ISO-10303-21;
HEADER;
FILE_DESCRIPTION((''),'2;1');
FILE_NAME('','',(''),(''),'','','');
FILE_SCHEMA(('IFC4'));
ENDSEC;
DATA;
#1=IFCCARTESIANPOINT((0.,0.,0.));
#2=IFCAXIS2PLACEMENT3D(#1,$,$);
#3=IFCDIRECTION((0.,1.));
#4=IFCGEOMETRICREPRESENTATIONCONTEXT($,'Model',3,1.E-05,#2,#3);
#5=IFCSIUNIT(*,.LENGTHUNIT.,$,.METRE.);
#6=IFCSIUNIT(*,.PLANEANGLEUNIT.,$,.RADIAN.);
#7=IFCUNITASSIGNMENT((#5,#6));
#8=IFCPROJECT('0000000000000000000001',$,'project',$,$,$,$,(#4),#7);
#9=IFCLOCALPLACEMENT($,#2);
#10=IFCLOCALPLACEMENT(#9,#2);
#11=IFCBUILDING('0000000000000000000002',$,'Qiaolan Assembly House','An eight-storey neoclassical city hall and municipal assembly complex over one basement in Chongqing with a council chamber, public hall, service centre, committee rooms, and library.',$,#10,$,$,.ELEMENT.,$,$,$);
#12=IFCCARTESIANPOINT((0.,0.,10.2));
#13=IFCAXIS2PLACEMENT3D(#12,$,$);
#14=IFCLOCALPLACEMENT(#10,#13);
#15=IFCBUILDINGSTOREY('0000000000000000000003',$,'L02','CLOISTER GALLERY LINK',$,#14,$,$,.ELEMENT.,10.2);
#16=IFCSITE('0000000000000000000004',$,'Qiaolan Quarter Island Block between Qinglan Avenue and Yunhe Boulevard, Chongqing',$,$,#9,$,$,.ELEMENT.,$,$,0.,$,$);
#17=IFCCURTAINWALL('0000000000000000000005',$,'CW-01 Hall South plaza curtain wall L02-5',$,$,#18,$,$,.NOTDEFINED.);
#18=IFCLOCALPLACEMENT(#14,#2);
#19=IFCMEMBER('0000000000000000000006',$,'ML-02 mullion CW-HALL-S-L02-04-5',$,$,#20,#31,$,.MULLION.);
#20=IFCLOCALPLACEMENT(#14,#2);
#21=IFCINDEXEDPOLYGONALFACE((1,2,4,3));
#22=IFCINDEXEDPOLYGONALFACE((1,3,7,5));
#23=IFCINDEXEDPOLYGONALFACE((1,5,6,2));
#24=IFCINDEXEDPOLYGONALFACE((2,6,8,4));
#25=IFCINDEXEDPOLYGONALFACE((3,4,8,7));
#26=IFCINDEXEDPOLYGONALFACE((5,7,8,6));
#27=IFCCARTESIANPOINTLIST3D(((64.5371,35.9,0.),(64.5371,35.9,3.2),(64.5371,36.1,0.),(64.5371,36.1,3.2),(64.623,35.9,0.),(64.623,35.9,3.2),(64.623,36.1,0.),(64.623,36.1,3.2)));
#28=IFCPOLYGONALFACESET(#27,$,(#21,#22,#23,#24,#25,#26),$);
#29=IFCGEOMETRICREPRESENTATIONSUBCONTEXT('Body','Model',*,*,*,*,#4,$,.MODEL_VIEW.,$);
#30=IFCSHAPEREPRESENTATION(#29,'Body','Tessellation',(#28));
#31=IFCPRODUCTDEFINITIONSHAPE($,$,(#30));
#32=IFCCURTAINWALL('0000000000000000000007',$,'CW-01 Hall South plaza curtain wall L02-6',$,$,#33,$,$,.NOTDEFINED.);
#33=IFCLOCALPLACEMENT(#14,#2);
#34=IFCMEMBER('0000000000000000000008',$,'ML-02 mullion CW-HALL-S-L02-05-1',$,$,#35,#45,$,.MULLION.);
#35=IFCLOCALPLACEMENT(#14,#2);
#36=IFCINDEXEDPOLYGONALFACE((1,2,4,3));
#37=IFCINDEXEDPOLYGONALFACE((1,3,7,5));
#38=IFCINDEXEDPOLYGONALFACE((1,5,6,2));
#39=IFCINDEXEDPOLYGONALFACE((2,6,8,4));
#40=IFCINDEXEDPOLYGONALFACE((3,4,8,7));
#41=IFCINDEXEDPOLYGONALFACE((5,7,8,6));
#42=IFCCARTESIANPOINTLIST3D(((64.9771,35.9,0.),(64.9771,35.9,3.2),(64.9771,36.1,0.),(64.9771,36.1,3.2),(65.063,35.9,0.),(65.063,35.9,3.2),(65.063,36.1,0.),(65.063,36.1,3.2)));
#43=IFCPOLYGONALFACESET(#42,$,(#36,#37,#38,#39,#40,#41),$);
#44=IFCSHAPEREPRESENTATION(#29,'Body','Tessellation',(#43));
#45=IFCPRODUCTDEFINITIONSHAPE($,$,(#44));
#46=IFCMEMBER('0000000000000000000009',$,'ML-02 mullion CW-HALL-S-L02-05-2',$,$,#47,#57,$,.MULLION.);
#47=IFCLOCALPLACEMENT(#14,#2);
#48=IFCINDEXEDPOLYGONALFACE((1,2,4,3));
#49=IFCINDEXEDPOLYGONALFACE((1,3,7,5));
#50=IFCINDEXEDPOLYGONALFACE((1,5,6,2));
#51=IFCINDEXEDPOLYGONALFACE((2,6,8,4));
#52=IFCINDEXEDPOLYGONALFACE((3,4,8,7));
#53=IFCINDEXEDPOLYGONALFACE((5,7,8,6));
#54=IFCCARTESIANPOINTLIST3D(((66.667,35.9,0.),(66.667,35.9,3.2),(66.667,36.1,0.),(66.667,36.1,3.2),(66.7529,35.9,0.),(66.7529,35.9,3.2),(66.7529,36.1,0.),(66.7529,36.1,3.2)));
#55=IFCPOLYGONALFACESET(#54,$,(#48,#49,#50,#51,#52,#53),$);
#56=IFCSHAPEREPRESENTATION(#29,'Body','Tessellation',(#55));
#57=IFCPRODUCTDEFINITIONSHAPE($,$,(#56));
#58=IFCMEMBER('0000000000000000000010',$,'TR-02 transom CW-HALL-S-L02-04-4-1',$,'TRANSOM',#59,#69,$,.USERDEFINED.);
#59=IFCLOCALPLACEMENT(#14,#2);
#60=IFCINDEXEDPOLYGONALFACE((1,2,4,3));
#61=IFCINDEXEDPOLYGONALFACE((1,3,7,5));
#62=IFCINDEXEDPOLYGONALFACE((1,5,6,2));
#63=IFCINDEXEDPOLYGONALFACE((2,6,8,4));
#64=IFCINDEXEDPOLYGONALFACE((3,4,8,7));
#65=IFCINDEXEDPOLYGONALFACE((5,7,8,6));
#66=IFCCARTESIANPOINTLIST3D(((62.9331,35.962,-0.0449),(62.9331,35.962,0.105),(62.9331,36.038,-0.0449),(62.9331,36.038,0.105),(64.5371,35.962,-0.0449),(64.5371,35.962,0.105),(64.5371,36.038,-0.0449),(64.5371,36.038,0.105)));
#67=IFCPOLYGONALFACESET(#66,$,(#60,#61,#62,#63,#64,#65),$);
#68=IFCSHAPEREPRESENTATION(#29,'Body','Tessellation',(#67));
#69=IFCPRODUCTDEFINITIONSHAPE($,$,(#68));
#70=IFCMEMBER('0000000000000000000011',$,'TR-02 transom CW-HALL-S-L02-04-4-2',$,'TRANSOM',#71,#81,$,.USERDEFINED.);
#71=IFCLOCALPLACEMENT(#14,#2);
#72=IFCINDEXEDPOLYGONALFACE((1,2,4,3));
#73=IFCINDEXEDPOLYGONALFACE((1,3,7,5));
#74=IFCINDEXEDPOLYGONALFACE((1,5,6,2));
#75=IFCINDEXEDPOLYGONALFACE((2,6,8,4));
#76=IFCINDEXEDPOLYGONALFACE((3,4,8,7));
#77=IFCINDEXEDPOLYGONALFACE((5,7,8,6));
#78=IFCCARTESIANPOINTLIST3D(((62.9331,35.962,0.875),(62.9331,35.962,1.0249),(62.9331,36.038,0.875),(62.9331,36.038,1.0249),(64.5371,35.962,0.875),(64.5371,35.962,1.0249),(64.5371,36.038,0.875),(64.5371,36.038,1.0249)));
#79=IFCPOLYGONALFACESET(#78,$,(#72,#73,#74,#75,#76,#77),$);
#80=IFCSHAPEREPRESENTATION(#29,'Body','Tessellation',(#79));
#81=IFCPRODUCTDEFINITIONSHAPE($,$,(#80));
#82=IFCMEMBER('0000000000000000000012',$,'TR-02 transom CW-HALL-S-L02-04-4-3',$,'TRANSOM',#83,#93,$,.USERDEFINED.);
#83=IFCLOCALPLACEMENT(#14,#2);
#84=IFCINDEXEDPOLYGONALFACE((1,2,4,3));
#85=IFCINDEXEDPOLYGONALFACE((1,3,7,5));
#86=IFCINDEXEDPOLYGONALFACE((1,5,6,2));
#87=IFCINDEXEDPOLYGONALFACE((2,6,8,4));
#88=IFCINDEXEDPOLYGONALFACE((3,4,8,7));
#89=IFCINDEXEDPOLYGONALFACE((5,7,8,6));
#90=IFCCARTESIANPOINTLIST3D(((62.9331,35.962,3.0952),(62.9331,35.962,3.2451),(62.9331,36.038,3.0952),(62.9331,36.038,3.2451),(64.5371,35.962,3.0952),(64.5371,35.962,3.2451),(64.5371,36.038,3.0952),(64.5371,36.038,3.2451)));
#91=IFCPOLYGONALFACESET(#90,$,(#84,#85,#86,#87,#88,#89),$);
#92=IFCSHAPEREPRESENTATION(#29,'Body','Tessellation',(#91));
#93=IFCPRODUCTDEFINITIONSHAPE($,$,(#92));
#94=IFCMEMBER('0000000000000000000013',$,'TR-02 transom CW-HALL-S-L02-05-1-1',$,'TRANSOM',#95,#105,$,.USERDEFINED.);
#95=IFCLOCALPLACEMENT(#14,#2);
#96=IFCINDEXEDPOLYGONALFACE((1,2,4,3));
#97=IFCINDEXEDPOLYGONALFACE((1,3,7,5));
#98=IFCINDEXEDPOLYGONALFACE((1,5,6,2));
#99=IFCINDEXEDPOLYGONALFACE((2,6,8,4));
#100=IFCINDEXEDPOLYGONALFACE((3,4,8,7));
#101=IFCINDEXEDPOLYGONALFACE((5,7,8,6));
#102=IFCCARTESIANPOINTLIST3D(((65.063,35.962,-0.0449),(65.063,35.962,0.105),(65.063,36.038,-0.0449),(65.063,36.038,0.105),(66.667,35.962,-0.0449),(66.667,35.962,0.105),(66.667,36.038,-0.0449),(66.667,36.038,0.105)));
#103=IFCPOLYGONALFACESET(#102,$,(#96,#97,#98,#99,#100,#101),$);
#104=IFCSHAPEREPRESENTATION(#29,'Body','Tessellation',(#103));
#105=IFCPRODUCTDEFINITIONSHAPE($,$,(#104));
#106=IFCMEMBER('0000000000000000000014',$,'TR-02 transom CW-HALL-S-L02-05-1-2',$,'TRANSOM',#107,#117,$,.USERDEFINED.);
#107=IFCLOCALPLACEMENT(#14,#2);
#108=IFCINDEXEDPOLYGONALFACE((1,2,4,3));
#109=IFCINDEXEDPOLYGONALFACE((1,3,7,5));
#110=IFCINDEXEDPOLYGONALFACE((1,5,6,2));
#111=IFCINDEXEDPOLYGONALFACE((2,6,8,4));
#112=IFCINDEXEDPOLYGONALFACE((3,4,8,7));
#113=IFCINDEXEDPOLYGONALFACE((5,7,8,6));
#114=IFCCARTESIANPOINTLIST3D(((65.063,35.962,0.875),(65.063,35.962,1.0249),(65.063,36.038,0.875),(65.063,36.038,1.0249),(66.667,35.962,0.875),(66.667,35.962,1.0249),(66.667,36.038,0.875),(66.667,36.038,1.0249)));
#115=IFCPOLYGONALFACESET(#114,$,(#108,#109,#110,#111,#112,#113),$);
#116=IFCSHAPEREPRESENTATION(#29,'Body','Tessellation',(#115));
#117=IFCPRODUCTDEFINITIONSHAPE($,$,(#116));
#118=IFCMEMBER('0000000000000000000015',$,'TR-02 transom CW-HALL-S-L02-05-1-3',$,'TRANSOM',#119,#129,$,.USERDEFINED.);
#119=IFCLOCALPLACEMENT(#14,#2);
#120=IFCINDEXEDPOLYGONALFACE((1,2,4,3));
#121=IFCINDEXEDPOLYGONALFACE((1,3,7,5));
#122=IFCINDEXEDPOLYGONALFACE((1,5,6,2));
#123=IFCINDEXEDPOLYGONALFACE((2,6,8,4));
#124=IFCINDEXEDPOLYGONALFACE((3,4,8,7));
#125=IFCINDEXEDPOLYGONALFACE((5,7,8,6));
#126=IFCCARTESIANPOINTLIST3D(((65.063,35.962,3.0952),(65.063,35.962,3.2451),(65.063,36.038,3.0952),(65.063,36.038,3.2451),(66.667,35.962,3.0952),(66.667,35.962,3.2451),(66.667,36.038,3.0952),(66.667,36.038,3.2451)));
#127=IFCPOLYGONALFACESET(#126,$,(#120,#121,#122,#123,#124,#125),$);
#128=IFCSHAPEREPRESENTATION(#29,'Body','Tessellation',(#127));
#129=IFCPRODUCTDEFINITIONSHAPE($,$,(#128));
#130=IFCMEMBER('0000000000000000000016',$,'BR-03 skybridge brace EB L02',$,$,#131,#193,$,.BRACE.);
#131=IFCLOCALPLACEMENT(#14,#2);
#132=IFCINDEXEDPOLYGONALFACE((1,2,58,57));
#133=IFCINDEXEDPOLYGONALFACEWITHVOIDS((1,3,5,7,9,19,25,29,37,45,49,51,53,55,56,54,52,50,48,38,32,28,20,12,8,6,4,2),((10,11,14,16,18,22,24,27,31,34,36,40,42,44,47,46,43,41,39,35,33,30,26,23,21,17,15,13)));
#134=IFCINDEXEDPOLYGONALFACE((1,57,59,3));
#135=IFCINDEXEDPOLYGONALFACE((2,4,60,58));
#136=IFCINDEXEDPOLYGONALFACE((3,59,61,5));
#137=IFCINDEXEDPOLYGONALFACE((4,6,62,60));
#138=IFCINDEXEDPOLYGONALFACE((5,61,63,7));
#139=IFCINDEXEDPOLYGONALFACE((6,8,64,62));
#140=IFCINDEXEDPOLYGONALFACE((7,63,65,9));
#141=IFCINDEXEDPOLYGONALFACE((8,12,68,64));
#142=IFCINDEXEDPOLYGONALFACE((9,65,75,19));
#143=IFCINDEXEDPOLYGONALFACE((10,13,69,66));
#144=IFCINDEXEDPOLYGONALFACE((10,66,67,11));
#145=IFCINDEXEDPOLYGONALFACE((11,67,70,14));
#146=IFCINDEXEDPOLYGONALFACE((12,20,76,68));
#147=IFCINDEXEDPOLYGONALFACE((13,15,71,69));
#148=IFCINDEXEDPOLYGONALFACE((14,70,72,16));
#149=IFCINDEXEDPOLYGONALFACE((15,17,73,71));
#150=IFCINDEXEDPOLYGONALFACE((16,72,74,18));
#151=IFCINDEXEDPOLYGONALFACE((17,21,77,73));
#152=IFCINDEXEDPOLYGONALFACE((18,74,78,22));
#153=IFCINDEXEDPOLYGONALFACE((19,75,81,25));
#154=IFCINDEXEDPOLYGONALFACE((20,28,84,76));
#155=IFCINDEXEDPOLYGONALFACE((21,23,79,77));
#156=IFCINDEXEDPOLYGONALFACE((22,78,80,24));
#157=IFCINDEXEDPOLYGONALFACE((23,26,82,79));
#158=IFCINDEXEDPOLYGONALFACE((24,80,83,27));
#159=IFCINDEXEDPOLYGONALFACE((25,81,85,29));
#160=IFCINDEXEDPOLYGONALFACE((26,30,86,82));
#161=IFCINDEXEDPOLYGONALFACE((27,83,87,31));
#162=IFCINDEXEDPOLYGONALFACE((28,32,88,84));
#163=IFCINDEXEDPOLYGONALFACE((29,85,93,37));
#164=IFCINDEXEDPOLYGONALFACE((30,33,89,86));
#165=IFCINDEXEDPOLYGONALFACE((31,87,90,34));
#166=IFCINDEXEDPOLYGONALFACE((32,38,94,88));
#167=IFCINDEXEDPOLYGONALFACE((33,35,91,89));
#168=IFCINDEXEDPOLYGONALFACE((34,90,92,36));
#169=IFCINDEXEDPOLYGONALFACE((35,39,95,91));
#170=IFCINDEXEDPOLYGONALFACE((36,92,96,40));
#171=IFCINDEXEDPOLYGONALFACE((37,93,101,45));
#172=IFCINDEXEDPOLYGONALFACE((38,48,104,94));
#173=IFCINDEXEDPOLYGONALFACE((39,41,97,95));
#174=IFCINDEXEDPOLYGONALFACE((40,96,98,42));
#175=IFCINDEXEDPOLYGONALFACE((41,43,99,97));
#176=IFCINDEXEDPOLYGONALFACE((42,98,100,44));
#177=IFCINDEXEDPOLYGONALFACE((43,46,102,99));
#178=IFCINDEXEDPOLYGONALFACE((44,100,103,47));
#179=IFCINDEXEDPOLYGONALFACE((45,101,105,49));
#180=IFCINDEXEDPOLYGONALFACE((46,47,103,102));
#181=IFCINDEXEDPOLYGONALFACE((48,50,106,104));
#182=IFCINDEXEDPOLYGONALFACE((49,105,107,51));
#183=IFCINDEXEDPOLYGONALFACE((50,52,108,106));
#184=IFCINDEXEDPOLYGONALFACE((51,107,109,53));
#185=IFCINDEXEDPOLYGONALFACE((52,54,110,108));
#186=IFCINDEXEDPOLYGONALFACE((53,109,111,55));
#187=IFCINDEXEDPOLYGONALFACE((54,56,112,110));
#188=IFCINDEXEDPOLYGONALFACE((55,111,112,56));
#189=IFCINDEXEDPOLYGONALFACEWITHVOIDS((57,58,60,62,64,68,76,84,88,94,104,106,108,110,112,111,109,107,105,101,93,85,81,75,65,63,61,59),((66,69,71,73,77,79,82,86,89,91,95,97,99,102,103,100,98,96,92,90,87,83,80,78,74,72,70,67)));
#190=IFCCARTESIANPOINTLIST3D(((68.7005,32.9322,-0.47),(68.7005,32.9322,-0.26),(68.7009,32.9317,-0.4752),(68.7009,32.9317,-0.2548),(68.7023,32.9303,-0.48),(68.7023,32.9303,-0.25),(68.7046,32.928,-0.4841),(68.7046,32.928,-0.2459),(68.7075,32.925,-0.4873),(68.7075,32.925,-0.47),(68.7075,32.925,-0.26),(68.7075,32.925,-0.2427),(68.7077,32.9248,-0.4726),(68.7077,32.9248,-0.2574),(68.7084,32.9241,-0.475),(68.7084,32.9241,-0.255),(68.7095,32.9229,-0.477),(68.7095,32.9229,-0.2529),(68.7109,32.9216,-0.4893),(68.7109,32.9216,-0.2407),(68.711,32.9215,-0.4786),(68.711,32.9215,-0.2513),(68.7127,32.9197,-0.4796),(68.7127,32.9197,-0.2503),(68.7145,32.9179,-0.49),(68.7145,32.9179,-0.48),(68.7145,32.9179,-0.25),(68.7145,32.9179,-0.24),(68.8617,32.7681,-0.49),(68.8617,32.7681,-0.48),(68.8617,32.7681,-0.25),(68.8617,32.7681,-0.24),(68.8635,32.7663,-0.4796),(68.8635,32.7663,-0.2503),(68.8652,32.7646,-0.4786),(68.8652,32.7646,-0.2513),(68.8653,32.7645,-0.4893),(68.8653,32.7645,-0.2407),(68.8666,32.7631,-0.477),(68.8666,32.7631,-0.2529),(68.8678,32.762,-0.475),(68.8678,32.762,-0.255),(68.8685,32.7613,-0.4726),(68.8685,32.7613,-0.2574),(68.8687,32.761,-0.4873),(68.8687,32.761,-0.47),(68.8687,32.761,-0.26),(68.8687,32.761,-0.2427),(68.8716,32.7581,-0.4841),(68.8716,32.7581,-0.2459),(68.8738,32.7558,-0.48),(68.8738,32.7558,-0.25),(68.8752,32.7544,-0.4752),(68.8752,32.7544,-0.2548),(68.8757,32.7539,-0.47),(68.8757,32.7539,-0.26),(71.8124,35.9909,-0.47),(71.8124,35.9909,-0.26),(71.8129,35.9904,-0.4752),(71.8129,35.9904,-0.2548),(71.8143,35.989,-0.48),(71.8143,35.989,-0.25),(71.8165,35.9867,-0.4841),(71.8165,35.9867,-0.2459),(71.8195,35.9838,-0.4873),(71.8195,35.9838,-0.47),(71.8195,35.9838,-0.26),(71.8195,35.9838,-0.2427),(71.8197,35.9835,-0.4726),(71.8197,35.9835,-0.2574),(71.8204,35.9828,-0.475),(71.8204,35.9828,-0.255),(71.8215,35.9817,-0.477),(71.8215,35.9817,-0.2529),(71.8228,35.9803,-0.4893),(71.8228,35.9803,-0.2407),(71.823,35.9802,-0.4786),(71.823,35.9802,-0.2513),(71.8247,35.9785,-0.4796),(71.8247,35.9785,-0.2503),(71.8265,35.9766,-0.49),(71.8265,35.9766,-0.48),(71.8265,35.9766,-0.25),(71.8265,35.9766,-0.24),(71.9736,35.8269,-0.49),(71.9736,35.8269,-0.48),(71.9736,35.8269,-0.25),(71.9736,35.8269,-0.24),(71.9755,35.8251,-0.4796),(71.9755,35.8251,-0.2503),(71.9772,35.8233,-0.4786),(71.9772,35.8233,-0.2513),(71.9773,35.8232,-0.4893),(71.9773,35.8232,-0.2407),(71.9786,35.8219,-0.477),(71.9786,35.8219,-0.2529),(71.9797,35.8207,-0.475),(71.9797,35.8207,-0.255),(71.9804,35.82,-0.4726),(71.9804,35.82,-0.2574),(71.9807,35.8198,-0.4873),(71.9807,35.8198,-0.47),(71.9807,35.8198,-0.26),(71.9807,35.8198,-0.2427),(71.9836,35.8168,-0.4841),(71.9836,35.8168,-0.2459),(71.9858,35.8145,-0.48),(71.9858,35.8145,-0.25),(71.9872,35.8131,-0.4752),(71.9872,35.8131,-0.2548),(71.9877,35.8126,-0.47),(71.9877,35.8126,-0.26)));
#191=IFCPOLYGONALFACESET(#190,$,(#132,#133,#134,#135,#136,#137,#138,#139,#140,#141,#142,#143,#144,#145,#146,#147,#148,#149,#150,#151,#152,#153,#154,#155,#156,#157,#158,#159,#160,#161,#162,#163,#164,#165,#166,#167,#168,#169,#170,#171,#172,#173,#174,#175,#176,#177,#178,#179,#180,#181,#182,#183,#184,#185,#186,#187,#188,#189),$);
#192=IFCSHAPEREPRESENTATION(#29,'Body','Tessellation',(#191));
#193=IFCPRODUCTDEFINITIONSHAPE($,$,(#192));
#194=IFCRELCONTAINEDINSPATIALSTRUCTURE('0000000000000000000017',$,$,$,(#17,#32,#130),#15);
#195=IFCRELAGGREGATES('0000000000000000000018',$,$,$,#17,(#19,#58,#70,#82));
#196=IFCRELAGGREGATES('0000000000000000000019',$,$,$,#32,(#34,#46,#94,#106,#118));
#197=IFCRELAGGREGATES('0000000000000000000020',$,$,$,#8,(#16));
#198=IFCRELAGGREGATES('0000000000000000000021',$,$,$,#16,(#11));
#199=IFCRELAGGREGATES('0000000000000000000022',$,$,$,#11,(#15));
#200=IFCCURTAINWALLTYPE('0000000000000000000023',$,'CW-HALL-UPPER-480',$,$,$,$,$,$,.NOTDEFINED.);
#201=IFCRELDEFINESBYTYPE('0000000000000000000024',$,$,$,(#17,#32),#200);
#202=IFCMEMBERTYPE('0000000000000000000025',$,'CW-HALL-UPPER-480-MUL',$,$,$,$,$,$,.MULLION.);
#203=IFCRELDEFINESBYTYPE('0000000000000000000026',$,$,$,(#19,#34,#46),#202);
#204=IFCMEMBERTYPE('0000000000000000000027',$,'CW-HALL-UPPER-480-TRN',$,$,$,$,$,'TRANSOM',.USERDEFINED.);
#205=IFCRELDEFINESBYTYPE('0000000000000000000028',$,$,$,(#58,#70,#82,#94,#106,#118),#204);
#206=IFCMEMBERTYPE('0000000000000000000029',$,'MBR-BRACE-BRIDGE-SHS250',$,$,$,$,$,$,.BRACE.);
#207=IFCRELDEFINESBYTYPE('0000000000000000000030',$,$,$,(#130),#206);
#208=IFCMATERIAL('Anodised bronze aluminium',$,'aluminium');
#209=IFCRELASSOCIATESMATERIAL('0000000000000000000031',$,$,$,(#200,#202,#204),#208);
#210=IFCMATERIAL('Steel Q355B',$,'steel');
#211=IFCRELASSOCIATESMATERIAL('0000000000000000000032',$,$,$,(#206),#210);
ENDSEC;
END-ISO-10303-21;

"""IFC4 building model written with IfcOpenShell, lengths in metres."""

from ifc_helpers import new_model, si_unit, direction, frame, origin, origin_2d, place, context, subcontext, project, spatial, rectangle, hollow_rectangle, extrude, material, material_profile, profile_set, type_object, element, aggregate, save


model = new_model("IFC4")

# Units and contexts
model_context = context("Model", 3, precision=1e-05, world=origin(), true_north=direction((0.0, 1.0)))
body_context = subcontext(model_context, "Body", "Model", "MODEL_VIEW")
ifc_project = project(units=[si_unit("LENGTHUNIT", "METRE"), si_unit("PLANEANGLEUNIT", "RADIAN")], contexts=[model_context])

# Site, building, storey
site_placement = place(None, origin())
site = spatial("IfcSite", under=ifc_project, at=site_placement, Name="Qiaolan Quarter Island Block between Qinglan Avenue and Yunhe Boulevard, Chongqing", CompositionType="ELEMENT", RefElevation=0.0)
building_placement = place(site_placement, origin())
building = spatial("IfcBuilding", under=site, at=building_placement, Name="Qiaolan Assembly House", Description="An eight-storey neoclassical city hall and municipal assembly complex over one basement in Chongqing with a council chamber, public hall, service centre, committee rooms, and library.", CompositionType="ELEMENT")
storey_placement = place(building_placement, frame((0.0, 0.0, 10.2)))
storey = spatial("IfcBuildingStorey", under=building, at=storey_placement, Name="L02", Description="CLOISTER GALLERY LINK", CompositionType="ELEMENT", Elevation=10.2)

# Shared definitions
ifc_material_1 = material(Name="Steel Q355B", Category="steel")

# Shared definitions
ifc_material_2 = material(Name="Anodised bronze aluminium", Category="aluminium")

# Curtain wall, member
curtain_wall_type_1 = type_object("IfcCurtainWallType", Name="CW-HALL-UPPER-480", PredefinedType="NOTDEFINED", material=ifc_material_2)
curtain_wall_1_placement = place(storey_placement, origin())
curtain_wall_1 = element("IfcCurtainWall", 1, at=curtain_wall_1_placement, inside=storey, type_object=curtain_wall_type_1, Name="CW-01 Hall South plaza curtain wall L02-5", PredefinedType="NOTDEFINED")
ifc_material_profile_1 = material_profile(ifc_material_2, rectangle(XDim=0.0859, YDim=0.2, at=origin_2d()), Name="MUL 86x200")
ifc_profile_set_1 = profile_set([ifc_material_profile_1], Name="Anodised bronze aluminium")
member_type_1 = type_object("IfcMemberType", Name="CW-HALL-UPPER-480-MUL", PredefinedType="MULLION", material=ifc_profile_set_1)
member_1_placement = place(storey_placement, frame((64.5801, 36.0, 0.0), z_axis=(0.0, 0.0, 1.0), x_axis=(1.0, 0.0, 0.0)))
member_1 = element("IfcMember", 2, at=member_1_placement, type_object=member_type_1, Name="ML-02 mullion CW-HALL-S-L02-04-5", PredefinedType="MULLION", context=body_context, shape_type="SweptSolid", body=[
    extrude(rectangle(XDim=0.0859, YDim=0.2, at=origin_2d()), origin(), (0.0, 0.0, 1.0), 3.2),
])

# Curtain wall, members
curtain_wall_2_placement = place(storey_placement, origin())
curtain_wall_2 = element("IfcCurtainWall", 3, at=curtain_wall_2_placement, inside=storey, type_object=curtain_wall_type_1, Name="CW-01 Hall South plaza curtain wall L02-6", PredefinedType="NOTDEFINED")
member_2_placement = place(storey_placement, frame((65.02, 36.0, 0.0), z_axis=(0.0, 0.0, 1.0), x_axis=(1.0, 0.0, 0.0)))
member_2 = element("IfcMember", 4, at=member_2_placement, type_object=member_type_1, Name="ML-02 mullion CW-HALL-S-L02-05-1", PredefinedType="MULLION", context=body_context, shape_type="SweptSolid", body=[
    extrude(rectangle(XDim=0.0859, YDim=0.2, at=origin_2d()), origin(), (0.0, 0.0, 1.0), 3.2),
])
member_3_placement = place(storey_placement, frame((66.71, 36.0, 0.0), z_axis=(0.0, 0.0, 1.0), x_axis=(1.0, 0.0, 0.0)))
member_3 = element("IfcMember", 5, at=member_3_placement, type_object=member_type_1, Name="ML-02 mullion CW-HALL-S-L02-05-2", PredefinedType="MULLION", context=body_context, shape_type="SweptSolid", body=[
    extrude(rectangle(XDim=0.0859, YDim=0.2, at=origin_2d()), origin(), (0.0, 0.0, 1.0), 3.2),
])

# Members
ifc_material_profile_2 = material_profile(ifc_material_2, rectangle(XDim=0.0759, YDim=0.1499, at=origin_2d()), Name="TRN 76x150")
ifc_profile_set_2 = profile_set([ifc_material_profile_2], Name="Anodised bronze aluminium")
member_type_2 = type_object("IfcMemberType", Name="CW-HALL-UPPER-480-TRN", ElementType="TRANSOM", PredefinedType="USERDEFINED", material=ifc_profile_set_2)
member_4_placement = place(storey_placement, frame((62.9331, 36.0, 0.03), z_axis=(1.0, 0.0, 0.0), x_axis=(0.0, 1.0, 0.0)))
member_4 = element("IfcMember", 6, at=member_4_placement, type_object=member_type_2, Name="TR-02 transom CW-HALL-S-L02-04-4-1", ObjectType="TRANSOM", PredefinedType="USERDEFINED", context=body_context, shape_type="SweptSolid", body=[
    extrude(rectangle(XDim=0.0759, YDim=0.1499, at=origin_2d()), origin(), (0.0, 0.0, 1.0), 1.604),
])
member_5_placement = place(storey_placement, frame((62.9331, 36.0, 0.95), z_axis=(1.0, 0.0, 0.0), x_axis=(0.0, 1.0, 0.0)))
member_5 = element("IfcMember", 7, at=member_5_placement, type_object=member_type_2, Name="TR-02 transom CW-HALL-S-L02-04-4-2", ObjectType="TRANSOM", PredefinedType="USERDEFINED", context=body_context, shape_type="SweptSolid", body=[
    extrude(rectangle(XDim=0.0759, YDim=0.1499, at=origin_2d()), origin(), (0.0, 0.0, 1.0), 1.604),
])
member_6_placement = place(storey_placement, frame((62.9331, 36.0, 3.1702), z_axis=(1.0, 0.0, 0.0), x_axis=(0.0, 1.0, 0.0)))
member_6 = element("IfcMember", 8, at=member_6_placement, type_object=member_type_2, Name="TR-02 transom CW-HALL-S-L02-04-4-3", ObjectType="TRANSOM", PredefinedType="USERDEFINED", context=body_context, shape_type="SweptSolid", body=[
    extrude(rectangle(XDim=0.0759, YDim=0.1499, at=origin_2d()), origin(), (0.0, 0.0, 1.0), 1.604),
])
aggregate(curtain_wall_1, [member_1, member_4, member_5, member_6])
member_7_placement = place(storey_placement, frame((65.063, 36.0, 0.03), z_axis=(1.0, 0.0, 0.0), x_axis=(0.0, 1.0, 0.0)))
member_7 = element("IfcMember", 9, at=member_7_placement, type_object=member_type_2, Name="TR-02 transom CW-HALL-S-L02-05-1-1", ObjectType="TRANSOM", PredefinedType="USERDEFINED", context=body_context, shape_type="SweptSolid", body=[
    extrude(rectangle(XDim=0.0759, YDim=0.1499, at=origin_2d()), origin(), (0.0, 0.0, 1.0), 1.604),
])
member_8_placement = place(storey_placement, frame((65.063, 36.0, 0.95), z_axis=(1.0, 0.0, 0.0), x_axis=(0.0, 1.0, 0.0)))
member_8 = element("IfcMember", 10, at=member_8_placement, type_object=member_type_2, Name="TR-02 transom CW-HALL-S-L02-05-1-2", ObjectType="TRANSOM", PredefinedType="USERDEFINED", context=body_context, shape_type="SweptSolid", body=[
    extrude(rectangle(XDim=0.0759, YDim=0.1499, at=origin_2d()), origin(), (0.0, 0.0, 1.0), 1.604),
])
member_9_placement = place(storey_placement, frame((65.063, 36.0, 3.1702), z_axis=(1.0, 0.0, 0.0), x_axis=(0.0, 1.0, 0.0)))
member_9 = element("IfcMember", 11, at=member_9_placement, type_object=member_type_2, Name="TR-02 transom CW-HALL-S-L02-05-1-3", ObjectType="TRANSOM", PredefinedType="USERDEFINED", context=body_context, shape_type="SweptSolid", body=[
    extrude(rectangle(XDim=0.0759, YDim=0.1499, at=origin_2d()), origin(), (0.0, 0.0, 1.0), 1.604),
])
ifc_material_profile_3 = material_profile(ifc_material_1, hollow_rectangle(XDim=0.25, YDim=0.25, WallThickness=0.01, InnerFilletRadius=0.01, OuterFilletRadius=0.02, at=origin_2d()), Name="SHS 250x250x10")
ifc_profile_set_3 = profile_set([ifc_material_profile_3], Name="Steel Q355B")
member_type_3 = type_object("IfcMemberType", Name="MBR-BRACE-BRIDGE-SHS250", PredefinedType="BRACE", material=ifc_profile_set_3)
member_10_placement = place(storey_placement, frame((68.7881, 32.843, -0.365), z_axis=(0.713179, 0.700982, 0.0), x_axis=(-0.700982, 0.713179, 0.0)))
element("IfcMember", 12, at=member_10_placement, inside=storey, type_object=member_type_3, Name="BR-03 skybridge brace EB L02", PredefinedType="BRACE", context=body_context, shape_type="SweptSolid", body=[
    extrude(hollow_rectangle(XDim=0.25, YDim=0.25, WallThickness=0.01, InnerFilletRadius=0.01, OuterFilletRadius=0.02, at=origin_2d()), origin(), (0.0, 0.0, 1.0), 4.3635),
])

aggregate(curtain_wall_2, [member_2, member_3, member_7, member_8, member_9])

save(model, "model.ifc")
